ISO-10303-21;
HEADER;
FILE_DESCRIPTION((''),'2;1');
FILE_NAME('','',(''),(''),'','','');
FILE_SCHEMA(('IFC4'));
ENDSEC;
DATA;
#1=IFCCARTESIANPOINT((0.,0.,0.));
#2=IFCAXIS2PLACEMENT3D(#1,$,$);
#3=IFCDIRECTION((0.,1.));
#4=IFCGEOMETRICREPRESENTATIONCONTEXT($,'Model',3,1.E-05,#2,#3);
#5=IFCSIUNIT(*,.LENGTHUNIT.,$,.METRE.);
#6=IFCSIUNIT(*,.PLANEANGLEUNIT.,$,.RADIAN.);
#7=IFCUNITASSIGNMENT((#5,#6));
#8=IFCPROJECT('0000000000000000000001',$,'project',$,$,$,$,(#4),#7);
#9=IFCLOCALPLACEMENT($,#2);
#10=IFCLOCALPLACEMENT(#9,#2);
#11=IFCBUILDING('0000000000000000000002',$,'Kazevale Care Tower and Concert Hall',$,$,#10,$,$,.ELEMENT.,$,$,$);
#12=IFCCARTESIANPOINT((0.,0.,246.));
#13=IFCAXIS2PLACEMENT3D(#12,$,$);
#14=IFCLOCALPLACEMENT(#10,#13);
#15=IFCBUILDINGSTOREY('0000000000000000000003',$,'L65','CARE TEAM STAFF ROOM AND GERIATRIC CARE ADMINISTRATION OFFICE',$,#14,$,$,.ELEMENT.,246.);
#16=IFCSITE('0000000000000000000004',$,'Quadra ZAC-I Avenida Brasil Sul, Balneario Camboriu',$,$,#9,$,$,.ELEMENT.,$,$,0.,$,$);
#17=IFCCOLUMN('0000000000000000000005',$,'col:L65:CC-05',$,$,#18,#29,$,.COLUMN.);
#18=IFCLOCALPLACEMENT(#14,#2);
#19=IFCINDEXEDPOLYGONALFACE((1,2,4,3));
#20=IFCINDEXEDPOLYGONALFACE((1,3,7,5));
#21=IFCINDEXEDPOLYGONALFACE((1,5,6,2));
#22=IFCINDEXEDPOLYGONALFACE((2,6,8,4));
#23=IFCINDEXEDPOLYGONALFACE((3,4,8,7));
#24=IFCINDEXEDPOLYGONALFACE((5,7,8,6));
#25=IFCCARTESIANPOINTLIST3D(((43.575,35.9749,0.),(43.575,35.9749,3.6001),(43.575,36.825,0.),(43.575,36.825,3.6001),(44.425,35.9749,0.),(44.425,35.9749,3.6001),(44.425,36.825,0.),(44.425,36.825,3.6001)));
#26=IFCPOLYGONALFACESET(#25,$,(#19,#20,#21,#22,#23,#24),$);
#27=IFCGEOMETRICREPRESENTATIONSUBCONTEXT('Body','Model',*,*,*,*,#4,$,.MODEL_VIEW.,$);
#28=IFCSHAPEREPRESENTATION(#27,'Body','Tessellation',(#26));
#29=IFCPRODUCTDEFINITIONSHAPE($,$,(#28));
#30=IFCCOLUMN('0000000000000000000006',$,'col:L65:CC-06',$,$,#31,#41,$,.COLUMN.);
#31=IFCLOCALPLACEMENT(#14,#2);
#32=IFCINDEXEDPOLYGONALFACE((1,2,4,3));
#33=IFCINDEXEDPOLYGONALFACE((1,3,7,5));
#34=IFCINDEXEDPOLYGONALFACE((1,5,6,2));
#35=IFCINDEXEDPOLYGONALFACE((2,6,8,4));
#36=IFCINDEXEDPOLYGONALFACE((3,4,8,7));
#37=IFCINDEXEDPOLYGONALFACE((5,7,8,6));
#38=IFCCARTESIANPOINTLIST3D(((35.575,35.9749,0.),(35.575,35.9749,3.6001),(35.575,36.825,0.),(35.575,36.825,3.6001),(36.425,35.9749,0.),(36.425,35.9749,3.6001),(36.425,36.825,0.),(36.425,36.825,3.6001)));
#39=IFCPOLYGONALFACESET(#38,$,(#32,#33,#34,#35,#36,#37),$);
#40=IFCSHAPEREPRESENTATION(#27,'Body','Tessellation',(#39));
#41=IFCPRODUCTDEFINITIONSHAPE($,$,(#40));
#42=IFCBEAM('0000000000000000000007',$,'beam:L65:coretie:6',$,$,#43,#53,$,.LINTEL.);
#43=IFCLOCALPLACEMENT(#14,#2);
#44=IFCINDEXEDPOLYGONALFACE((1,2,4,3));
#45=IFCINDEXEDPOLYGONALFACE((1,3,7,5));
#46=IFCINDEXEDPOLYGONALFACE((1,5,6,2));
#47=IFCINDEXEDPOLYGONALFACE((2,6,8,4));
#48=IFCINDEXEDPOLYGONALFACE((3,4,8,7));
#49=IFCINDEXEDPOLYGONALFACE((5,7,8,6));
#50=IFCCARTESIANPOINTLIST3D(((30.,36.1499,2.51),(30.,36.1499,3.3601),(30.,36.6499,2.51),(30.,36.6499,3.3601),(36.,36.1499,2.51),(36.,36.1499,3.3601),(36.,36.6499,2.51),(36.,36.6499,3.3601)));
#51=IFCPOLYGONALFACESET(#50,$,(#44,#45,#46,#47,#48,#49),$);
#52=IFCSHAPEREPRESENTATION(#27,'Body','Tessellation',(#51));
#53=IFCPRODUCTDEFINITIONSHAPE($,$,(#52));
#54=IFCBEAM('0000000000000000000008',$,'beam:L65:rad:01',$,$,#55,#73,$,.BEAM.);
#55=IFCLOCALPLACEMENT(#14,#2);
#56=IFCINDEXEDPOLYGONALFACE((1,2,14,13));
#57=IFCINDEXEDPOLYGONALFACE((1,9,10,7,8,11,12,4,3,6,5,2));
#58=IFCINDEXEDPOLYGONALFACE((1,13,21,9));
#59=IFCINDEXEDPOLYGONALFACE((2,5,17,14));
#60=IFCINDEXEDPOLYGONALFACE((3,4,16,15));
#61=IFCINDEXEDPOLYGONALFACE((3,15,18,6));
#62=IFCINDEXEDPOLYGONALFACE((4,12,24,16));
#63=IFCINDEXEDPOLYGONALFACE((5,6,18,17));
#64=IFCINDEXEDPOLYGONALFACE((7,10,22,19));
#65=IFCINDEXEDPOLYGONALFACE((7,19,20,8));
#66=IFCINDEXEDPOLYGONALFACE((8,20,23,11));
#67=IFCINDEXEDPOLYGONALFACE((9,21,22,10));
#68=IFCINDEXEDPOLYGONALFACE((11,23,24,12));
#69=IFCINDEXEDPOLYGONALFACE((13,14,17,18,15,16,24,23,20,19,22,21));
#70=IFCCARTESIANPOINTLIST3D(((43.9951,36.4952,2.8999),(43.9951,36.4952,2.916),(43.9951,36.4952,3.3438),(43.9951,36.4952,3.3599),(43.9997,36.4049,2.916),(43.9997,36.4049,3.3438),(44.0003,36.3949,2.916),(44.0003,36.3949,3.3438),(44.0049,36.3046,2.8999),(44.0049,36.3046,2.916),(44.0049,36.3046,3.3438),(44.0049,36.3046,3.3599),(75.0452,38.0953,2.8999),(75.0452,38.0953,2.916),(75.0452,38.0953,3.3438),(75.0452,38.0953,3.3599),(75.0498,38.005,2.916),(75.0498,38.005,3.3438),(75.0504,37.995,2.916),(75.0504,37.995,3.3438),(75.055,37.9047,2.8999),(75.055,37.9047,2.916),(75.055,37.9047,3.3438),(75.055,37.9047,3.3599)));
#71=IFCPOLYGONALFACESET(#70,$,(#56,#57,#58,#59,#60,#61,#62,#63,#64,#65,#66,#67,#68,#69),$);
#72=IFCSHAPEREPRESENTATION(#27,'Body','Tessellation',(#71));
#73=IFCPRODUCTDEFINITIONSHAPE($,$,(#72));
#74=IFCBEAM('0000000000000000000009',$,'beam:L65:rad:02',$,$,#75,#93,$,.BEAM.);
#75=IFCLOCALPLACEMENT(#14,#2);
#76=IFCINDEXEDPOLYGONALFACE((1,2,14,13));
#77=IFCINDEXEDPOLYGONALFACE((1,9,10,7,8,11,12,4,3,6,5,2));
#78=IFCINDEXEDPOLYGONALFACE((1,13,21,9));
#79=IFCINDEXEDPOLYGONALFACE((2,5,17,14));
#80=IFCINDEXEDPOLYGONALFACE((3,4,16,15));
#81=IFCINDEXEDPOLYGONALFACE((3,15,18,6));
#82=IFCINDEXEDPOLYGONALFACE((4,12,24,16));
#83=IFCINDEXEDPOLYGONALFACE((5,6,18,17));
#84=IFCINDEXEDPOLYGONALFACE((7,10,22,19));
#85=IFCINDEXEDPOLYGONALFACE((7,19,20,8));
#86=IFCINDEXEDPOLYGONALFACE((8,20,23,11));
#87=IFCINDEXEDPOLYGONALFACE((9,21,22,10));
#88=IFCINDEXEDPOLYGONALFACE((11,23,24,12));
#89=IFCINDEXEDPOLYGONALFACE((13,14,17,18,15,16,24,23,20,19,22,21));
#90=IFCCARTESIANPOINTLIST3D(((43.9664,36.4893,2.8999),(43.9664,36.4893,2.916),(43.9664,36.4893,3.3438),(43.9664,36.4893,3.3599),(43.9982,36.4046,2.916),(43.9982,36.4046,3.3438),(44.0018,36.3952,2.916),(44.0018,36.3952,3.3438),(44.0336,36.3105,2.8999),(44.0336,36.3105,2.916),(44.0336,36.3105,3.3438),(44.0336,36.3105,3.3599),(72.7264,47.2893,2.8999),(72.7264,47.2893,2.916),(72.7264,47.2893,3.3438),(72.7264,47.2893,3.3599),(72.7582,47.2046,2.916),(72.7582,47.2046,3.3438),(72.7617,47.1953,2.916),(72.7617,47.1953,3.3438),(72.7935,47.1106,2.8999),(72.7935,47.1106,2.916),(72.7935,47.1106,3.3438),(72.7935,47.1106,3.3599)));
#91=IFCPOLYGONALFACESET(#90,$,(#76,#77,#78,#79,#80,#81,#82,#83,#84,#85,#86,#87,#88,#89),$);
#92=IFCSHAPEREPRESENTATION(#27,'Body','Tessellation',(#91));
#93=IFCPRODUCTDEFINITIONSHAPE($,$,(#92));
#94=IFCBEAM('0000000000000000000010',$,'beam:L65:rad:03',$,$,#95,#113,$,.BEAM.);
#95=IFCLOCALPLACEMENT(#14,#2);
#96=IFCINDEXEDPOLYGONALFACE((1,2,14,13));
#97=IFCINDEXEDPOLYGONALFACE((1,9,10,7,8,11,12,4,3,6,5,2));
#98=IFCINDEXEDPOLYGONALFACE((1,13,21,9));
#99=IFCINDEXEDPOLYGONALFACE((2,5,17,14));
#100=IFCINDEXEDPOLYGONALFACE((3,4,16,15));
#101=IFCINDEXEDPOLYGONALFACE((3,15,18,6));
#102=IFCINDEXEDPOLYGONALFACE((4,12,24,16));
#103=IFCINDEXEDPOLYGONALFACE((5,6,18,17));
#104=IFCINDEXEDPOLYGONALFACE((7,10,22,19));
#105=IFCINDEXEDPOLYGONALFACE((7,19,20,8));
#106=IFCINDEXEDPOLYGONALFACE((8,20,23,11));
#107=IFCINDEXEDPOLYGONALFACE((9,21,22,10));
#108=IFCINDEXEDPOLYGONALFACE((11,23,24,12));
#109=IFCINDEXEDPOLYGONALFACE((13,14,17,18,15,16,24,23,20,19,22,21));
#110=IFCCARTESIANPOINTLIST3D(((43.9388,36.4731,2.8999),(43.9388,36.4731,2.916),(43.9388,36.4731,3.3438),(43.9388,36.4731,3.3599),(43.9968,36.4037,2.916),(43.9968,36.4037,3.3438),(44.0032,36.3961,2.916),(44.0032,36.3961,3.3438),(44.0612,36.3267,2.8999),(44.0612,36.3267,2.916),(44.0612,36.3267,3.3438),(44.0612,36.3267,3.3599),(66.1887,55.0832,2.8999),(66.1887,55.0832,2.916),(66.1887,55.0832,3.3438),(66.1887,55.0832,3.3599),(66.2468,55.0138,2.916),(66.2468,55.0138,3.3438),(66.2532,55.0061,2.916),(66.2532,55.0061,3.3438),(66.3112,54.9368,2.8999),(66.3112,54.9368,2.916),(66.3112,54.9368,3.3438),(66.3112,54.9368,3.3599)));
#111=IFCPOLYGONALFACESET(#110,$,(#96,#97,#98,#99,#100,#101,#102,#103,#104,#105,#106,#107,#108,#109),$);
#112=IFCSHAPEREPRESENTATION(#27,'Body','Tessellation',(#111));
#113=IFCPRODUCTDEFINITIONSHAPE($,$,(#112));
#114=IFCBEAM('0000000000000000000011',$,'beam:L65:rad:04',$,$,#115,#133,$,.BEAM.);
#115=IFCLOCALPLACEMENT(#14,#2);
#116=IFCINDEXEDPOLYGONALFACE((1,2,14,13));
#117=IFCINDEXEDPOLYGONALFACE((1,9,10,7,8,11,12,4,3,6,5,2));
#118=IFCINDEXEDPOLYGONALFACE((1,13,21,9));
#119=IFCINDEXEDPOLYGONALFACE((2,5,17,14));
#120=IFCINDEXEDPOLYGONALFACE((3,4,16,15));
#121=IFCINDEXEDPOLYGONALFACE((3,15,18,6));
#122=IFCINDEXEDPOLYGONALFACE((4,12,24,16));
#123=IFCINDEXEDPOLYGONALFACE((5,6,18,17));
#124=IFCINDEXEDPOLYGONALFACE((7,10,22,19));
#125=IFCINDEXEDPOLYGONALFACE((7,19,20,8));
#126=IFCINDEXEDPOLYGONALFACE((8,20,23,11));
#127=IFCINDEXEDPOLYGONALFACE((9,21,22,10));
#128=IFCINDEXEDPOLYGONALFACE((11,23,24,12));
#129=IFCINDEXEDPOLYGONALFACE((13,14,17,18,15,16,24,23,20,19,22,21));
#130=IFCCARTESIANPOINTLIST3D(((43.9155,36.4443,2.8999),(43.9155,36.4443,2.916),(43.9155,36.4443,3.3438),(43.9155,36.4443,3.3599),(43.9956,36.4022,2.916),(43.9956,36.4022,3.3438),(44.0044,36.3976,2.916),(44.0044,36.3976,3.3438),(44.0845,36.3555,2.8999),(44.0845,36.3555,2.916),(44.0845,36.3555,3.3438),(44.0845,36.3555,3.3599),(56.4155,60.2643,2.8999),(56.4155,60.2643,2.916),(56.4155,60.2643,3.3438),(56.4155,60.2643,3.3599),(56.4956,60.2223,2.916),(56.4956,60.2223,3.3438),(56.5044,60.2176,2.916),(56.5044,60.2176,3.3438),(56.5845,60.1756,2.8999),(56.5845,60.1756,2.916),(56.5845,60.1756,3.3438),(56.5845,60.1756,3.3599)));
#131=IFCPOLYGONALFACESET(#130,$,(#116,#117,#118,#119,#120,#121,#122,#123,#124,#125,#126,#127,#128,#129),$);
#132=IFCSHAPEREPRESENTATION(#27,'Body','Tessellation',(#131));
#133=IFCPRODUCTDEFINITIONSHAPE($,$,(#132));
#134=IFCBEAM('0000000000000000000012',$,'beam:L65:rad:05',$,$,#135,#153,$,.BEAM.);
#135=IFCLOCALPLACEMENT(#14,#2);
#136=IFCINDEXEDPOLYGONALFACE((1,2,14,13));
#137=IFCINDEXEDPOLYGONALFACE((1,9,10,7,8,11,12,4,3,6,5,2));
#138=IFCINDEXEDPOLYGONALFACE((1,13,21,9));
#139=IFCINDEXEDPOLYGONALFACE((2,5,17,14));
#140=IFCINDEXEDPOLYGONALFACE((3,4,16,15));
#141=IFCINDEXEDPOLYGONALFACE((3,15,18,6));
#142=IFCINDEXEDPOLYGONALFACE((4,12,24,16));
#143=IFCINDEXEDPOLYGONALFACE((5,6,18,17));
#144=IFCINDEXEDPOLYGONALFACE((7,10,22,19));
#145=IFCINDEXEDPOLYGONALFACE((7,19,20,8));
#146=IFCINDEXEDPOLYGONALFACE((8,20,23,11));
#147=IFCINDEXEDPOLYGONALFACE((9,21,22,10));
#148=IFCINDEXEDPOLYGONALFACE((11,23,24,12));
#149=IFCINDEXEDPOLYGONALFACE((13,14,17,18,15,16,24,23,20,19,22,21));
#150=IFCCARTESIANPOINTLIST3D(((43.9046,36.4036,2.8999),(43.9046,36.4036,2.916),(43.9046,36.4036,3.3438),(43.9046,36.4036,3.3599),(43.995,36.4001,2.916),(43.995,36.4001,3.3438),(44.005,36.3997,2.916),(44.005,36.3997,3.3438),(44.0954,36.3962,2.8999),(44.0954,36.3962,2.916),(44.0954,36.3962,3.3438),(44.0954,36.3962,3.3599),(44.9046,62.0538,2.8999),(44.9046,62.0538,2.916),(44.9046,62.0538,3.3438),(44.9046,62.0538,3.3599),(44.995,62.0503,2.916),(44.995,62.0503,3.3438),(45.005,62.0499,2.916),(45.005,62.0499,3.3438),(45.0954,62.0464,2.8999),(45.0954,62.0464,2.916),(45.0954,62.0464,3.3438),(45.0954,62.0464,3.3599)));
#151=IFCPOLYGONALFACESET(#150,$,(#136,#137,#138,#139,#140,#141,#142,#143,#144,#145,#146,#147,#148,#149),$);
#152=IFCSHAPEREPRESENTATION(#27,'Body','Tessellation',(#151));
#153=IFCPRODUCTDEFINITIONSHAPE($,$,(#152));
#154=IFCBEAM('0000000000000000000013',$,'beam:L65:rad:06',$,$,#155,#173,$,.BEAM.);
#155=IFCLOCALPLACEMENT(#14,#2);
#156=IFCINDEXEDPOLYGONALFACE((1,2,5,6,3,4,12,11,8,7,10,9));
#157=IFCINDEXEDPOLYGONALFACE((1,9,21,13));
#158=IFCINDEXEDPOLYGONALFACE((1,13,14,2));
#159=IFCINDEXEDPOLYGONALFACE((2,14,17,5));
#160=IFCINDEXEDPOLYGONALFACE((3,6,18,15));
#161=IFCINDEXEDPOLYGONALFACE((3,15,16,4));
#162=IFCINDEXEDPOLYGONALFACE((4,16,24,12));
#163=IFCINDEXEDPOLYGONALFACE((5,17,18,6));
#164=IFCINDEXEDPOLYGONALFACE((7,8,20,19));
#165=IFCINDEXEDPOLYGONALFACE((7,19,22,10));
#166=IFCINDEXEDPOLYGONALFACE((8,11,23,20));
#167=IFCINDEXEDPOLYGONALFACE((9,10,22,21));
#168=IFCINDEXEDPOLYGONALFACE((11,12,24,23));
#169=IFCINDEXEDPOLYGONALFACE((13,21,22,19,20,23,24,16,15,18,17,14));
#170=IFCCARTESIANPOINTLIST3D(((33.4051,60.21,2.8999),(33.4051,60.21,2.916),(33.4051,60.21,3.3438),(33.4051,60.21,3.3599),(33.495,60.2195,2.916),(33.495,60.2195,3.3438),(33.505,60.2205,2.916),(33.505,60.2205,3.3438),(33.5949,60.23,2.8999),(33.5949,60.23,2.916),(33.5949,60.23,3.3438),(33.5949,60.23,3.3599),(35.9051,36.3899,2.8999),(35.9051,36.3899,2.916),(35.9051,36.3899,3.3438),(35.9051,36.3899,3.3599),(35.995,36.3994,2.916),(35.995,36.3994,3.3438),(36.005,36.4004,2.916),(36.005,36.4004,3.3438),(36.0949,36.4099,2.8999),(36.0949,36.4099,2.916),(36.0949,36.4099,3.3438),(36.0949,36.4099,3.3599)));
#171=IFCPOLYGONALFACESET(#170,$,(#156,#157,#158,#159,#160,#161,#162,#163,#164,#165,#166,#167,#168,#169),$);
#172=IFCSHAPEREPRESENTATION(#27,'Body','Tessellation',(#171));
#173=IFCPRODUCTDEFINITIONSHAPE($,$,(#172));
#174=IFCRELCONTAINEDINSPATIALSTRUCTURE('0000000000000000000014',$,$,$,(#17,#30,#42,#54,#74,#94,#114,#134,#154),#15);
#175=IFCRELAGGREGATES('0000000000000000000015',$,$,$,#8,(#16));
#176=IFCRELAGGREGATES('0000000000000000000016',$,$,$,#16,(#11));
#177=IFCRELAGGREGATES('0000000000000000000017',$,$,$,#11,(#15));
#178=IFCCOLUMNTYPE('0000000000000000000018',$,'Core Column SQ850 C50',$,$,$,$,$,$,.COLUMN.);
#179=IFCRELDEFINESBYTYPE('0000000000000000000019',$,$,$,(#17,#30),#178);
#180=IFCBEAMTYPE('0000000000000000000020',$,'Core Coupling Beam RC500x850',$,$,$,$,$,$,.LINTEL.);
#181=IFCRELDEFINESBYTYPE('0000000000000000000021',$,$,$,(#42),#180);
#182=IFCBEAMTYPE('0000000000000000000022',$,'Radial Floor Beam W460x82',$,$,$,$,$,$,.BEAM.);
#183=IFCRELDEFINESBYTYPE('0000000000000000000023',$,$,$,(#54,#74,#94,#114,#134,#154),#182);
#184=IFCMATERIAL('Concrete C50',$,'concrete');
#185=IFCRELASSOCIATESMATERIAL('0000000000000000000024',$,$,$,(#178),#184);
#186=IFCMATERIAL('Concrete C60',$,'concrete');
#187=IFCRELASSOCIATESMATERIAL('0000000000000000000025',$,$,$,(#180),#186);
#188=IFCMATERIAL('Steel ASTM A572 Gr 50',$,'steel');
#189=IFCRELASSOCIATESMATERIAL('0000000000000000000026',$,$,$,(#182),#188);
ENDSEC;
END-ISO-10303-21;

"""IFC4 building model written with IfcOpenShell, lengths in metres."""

from ifc_helpers import new_model, si_unit, direction, frame, origin, origin_2d, place, context, subcontext, project, spatial, rectangle, i_section, extrude, material, material_profile, profile_set, type_object, element, save


model = new_model("IFC4")

# Units and contexts
model_context = context("Model", 3, precision=1e-05, world=origin(), true_north=direction((0.0, 1.0)))
body_context = subcontext(model_context, "Body", "Model", "MODEL_VIEW")
ifc_project = project(units=[si_unit("LENGTHUNIT", "METRE"), si_unit("PLANEANGLEUNIT", "RADIAN")], contexts=[model_context])

# Site, building, storey
site_placement = place(None, origin())
site = spatial("IfcSite", under=ifc_project, at=site_placement, Name="Quadra ZAC-I Avenida Brasil Sul, Balneario Camboriu", CompositionType="ELEMENT", RefElevation=0.0)
building_placement = place(site_placement, origin())
building = spatial("IfcBuilding", under=site, at=building_placement, Name="Kazevale Care Tower and Concert Hall", CompositionType="ELEMENT")
storey_placement = place(building_placement, frame((0.0, 0.0, 246.0)))
storey = spatial("IfcBuildingStorey", under=building, at=storey_placement, Name="L65", Description="CARE TEAM STAFF ROOM AND GERIATRIC CARE ADMINISTRATION OFFICE", CompositionType="ELEMENT", Elevation=246.0)

# Columns
ifc_material_1 = material(Name="Concrete C50", Category="concrete")
ifc_material_profile_1 = material_profile(ifc_material_1, rectangle(XDim=0.8501, YDim=0.8501, at=origin_2d()), Name="RC-SQ850")
ifc_profile_set_1 = profile_set([ifc_material_profile_1], Name="Concrete C50")
column_type = type_object("IfcColumnType", Name="Core Column SQ850 C50", PredefinedType="COLUMN", material=ifc_profile_set_1)
for number, where, z_axis, x_axis, name in (
    (1, (44.0, 36.3999, 0.0), (0.0, 0.0, 1.0), (1.0, 0.0, 0.0), "col:L65:CC-05"),
    (2, (36.0, 36.3999, 0.0), (0.0, 0.0, 1.0), (1.0, 0.0, 0.0), "col:L65:CC-06"),
):
    element("IfcColumn", number, at=place(storey_placement, frame(where, z_axis=z_axis, x_axis=x_axis)), inside=storey, type_object=column_type, Name=name, PredefinedType="COLUMN", context=body_context, shape_type="SweptSolid", body=[
        extrude(rectangle(XDim=0.8501, YDim=0.8501, at=origin_2d()), origin(), (0.0, 0.0, 1.0), 3.6001),
    ])

# Beams
ifc_material_2 = material(Name="Concrete C60", Category="concrete")
ifc_material_profile_2 = material_profile(ifc_material_2, rectangle(XDim=0.5, YDim=0.8501, at=origin_2d()), Name="RC-B500x850")
ifc_profile_set_2 = profile_set([ifc_material_profile_2], Name="Concrete C60")
beam_type_1 = type_object("IfcBeamType", Name="Core Coupling Beam RC500x850", PredefinedType="LINTEL", material=ifc_profile_set_2)
beam_1_placement = place(storey_placement, frame((36.0, 36.3999, 2.9351), z_axis=(-1.0, 0.0, 0.0), x_axis=(0.0, -1.0, 0.0)))
element("IfcBeam", 3, at=beam_1_placement, inside=storey, type_object=beam_type_1, Name="beam:L65:coretie:6", PredefinedType="LINTEL", context=body_context, shape_type="SweptSolid", body=[
    extrude(rectangle(XDim=0.5, YDim=0.8501, at=origin_2d()), origin(), (0.0, 0.0, 1.0), 6.0),
])
ifc_material_3 = material(Name="Steel ASTM A572 Gr 50", Category="steel")
ifc_material_profile_3 = material_profile(ifc_material_3, i_section(OverallWidth=0.1909, OverallDepth=0.46, WebThickness=0.01, FlangeThickness=0.0161, at=origin_2d()), Name="W460x82")
ifc_profile_set_3 = profile_set([ifc_material_profile_3], Name="Steel ASTM A572 Gr 50")
beam_type_2 = type_object("IfcBeamType", Name="Radial Floor Beam W460x82", PredefinedType="BEAM", material=ifc_profile_set_3)
beam_2_placement = place(storey_placement, frame((44.0, 36.3999, 3.1299), z_axis=(0.998675, 0.051465, 0.0), x_axis=(-0.051465, 0.998675, 0.0)))
element("IfcBeam", 4, at=beam_2_placement, inside=storey, type_object=beam_type_2, Name="beam:L65:rad:01", PredefinedType="BEAM", context=body_context, shape_type="SweptSolid", body=[
    extrude(i_section(OverallWidth=0.1909, OverallDepth=0.46, WebThickness=0.01, FlangeThickness=0.0161, at=origin_2d()), origin(), (0.0, 0.0, 1.0), 31.0913),
])
beam_3_placement = place(storey_placement, frame((44.0, 36.3999, 3.1299), z_axis=(0.936168, 0.351553, 0.0), x_axis=(-0.351553, 0.936168, 0.0)))
element("IfcBeam", 5, at=beam_3_placement, inside=storey, type_object=beam_type_2, Name="beam:L65:rad:02", PredefinedType="BEAM", context=body_context, shape_type="SweptSolid", body=[
    extrude(i_section(OverallWidth=0.1909, OverallDepth=0.46, WebThickness=0.01, FlangeThickness=0.0161, at=origin_2d()), origin(), (0.0, 0.0, 1.0), 30.7209),
])
beam_4_placement = place(storey_placement, frame((44.0, 36.3999, 3.1299), z_axis=(0.76706, 0.641576, 0.0), x_axis=(-0.641576, 0.76706, 0.0)))
element("IfcBeam", 6, at=beam_4_placement, inside=storey, type_object=beam_type_2, Name="beam:L65:rad:03", PredefinedType="BEAM", context=body_context, shape_type="SweptSolid", body=[
    extrude(i_section(OverallWidth=0.1909, OverallDepth=0.46, WebThickness=0.01, FlangeThickness=0.0161, at=origin_2d()), origin(), (0.0, 0.0, 1.0), 29.0068),
])
beam_5_placement = place(storey_placement, frame((44.0, 36.3999, 3.1299), z_axis=(0.464673, 0.885483, 0.0), x_axis=(-0.885483, 0.464673, 0.0)))
element("IfcBeam", 7, at=beam_5_placement, inside=storey, type_object=beam_type_2, Name="beam:L65:rad:04", PredefinedType="BEAM", context=body_context, shape_type="SweptSolid", body=[
    extrude(i_section(OverallWidth=0.1909, OverallDepth=0.46, WebThickness=0.01, FlangeThickness=0.0161, at=origin_2d()), origin(), (0.0, 0.0, 1.0), 26.9006),
])
beam_6_placement = place(storey_placement, frame((44.0, 36.3999, 3.1299), z_axis=(0.038957, 0.999241, 0.0), x_axis=(-0.999241, 0.038957, 0.0)))
element("IfcBeam", 8, at=beam_6_placement, inside=storey, type_object=beam_type_2, Name="beam:L65:rad:05", PredefinedType="BEAM", context=body_context, shape_type="SweptSolid", body=[
    extrude(i_section(OverallWidth=0.1909, OverallDepth=0.46, WebThickness=0.01, FlangeThickness=0.0161, at=origin_2d()), origin(), (0.0, 0.0, 1.0), 25.6697),
])
beam_7_placement = place(storey_placement, frame((36.0, 36.3999, 3.1299), z_axis=(-0.10438, 0.994537, 0.0), x_axis=(-0.994537, -0.10438, 0.0)))
element("IfcBeam", 9, at=beam_7_placement, inside=storey, type_object=beam_type_2, Name="beam:L65:rad:06", PredefinedType="BEAM", context=body_context, shape_type="SweptSolid", body=[
    extrude(i_section(OverallWidth=0.1909, OverallDepth=0.46, WebThickness=0.01, FlangeThickness=0.0161, at=origin_2d()), origin(), (0.0, 0.0, 1.0), 23.9509),
])

save(model, "model.ifc")
